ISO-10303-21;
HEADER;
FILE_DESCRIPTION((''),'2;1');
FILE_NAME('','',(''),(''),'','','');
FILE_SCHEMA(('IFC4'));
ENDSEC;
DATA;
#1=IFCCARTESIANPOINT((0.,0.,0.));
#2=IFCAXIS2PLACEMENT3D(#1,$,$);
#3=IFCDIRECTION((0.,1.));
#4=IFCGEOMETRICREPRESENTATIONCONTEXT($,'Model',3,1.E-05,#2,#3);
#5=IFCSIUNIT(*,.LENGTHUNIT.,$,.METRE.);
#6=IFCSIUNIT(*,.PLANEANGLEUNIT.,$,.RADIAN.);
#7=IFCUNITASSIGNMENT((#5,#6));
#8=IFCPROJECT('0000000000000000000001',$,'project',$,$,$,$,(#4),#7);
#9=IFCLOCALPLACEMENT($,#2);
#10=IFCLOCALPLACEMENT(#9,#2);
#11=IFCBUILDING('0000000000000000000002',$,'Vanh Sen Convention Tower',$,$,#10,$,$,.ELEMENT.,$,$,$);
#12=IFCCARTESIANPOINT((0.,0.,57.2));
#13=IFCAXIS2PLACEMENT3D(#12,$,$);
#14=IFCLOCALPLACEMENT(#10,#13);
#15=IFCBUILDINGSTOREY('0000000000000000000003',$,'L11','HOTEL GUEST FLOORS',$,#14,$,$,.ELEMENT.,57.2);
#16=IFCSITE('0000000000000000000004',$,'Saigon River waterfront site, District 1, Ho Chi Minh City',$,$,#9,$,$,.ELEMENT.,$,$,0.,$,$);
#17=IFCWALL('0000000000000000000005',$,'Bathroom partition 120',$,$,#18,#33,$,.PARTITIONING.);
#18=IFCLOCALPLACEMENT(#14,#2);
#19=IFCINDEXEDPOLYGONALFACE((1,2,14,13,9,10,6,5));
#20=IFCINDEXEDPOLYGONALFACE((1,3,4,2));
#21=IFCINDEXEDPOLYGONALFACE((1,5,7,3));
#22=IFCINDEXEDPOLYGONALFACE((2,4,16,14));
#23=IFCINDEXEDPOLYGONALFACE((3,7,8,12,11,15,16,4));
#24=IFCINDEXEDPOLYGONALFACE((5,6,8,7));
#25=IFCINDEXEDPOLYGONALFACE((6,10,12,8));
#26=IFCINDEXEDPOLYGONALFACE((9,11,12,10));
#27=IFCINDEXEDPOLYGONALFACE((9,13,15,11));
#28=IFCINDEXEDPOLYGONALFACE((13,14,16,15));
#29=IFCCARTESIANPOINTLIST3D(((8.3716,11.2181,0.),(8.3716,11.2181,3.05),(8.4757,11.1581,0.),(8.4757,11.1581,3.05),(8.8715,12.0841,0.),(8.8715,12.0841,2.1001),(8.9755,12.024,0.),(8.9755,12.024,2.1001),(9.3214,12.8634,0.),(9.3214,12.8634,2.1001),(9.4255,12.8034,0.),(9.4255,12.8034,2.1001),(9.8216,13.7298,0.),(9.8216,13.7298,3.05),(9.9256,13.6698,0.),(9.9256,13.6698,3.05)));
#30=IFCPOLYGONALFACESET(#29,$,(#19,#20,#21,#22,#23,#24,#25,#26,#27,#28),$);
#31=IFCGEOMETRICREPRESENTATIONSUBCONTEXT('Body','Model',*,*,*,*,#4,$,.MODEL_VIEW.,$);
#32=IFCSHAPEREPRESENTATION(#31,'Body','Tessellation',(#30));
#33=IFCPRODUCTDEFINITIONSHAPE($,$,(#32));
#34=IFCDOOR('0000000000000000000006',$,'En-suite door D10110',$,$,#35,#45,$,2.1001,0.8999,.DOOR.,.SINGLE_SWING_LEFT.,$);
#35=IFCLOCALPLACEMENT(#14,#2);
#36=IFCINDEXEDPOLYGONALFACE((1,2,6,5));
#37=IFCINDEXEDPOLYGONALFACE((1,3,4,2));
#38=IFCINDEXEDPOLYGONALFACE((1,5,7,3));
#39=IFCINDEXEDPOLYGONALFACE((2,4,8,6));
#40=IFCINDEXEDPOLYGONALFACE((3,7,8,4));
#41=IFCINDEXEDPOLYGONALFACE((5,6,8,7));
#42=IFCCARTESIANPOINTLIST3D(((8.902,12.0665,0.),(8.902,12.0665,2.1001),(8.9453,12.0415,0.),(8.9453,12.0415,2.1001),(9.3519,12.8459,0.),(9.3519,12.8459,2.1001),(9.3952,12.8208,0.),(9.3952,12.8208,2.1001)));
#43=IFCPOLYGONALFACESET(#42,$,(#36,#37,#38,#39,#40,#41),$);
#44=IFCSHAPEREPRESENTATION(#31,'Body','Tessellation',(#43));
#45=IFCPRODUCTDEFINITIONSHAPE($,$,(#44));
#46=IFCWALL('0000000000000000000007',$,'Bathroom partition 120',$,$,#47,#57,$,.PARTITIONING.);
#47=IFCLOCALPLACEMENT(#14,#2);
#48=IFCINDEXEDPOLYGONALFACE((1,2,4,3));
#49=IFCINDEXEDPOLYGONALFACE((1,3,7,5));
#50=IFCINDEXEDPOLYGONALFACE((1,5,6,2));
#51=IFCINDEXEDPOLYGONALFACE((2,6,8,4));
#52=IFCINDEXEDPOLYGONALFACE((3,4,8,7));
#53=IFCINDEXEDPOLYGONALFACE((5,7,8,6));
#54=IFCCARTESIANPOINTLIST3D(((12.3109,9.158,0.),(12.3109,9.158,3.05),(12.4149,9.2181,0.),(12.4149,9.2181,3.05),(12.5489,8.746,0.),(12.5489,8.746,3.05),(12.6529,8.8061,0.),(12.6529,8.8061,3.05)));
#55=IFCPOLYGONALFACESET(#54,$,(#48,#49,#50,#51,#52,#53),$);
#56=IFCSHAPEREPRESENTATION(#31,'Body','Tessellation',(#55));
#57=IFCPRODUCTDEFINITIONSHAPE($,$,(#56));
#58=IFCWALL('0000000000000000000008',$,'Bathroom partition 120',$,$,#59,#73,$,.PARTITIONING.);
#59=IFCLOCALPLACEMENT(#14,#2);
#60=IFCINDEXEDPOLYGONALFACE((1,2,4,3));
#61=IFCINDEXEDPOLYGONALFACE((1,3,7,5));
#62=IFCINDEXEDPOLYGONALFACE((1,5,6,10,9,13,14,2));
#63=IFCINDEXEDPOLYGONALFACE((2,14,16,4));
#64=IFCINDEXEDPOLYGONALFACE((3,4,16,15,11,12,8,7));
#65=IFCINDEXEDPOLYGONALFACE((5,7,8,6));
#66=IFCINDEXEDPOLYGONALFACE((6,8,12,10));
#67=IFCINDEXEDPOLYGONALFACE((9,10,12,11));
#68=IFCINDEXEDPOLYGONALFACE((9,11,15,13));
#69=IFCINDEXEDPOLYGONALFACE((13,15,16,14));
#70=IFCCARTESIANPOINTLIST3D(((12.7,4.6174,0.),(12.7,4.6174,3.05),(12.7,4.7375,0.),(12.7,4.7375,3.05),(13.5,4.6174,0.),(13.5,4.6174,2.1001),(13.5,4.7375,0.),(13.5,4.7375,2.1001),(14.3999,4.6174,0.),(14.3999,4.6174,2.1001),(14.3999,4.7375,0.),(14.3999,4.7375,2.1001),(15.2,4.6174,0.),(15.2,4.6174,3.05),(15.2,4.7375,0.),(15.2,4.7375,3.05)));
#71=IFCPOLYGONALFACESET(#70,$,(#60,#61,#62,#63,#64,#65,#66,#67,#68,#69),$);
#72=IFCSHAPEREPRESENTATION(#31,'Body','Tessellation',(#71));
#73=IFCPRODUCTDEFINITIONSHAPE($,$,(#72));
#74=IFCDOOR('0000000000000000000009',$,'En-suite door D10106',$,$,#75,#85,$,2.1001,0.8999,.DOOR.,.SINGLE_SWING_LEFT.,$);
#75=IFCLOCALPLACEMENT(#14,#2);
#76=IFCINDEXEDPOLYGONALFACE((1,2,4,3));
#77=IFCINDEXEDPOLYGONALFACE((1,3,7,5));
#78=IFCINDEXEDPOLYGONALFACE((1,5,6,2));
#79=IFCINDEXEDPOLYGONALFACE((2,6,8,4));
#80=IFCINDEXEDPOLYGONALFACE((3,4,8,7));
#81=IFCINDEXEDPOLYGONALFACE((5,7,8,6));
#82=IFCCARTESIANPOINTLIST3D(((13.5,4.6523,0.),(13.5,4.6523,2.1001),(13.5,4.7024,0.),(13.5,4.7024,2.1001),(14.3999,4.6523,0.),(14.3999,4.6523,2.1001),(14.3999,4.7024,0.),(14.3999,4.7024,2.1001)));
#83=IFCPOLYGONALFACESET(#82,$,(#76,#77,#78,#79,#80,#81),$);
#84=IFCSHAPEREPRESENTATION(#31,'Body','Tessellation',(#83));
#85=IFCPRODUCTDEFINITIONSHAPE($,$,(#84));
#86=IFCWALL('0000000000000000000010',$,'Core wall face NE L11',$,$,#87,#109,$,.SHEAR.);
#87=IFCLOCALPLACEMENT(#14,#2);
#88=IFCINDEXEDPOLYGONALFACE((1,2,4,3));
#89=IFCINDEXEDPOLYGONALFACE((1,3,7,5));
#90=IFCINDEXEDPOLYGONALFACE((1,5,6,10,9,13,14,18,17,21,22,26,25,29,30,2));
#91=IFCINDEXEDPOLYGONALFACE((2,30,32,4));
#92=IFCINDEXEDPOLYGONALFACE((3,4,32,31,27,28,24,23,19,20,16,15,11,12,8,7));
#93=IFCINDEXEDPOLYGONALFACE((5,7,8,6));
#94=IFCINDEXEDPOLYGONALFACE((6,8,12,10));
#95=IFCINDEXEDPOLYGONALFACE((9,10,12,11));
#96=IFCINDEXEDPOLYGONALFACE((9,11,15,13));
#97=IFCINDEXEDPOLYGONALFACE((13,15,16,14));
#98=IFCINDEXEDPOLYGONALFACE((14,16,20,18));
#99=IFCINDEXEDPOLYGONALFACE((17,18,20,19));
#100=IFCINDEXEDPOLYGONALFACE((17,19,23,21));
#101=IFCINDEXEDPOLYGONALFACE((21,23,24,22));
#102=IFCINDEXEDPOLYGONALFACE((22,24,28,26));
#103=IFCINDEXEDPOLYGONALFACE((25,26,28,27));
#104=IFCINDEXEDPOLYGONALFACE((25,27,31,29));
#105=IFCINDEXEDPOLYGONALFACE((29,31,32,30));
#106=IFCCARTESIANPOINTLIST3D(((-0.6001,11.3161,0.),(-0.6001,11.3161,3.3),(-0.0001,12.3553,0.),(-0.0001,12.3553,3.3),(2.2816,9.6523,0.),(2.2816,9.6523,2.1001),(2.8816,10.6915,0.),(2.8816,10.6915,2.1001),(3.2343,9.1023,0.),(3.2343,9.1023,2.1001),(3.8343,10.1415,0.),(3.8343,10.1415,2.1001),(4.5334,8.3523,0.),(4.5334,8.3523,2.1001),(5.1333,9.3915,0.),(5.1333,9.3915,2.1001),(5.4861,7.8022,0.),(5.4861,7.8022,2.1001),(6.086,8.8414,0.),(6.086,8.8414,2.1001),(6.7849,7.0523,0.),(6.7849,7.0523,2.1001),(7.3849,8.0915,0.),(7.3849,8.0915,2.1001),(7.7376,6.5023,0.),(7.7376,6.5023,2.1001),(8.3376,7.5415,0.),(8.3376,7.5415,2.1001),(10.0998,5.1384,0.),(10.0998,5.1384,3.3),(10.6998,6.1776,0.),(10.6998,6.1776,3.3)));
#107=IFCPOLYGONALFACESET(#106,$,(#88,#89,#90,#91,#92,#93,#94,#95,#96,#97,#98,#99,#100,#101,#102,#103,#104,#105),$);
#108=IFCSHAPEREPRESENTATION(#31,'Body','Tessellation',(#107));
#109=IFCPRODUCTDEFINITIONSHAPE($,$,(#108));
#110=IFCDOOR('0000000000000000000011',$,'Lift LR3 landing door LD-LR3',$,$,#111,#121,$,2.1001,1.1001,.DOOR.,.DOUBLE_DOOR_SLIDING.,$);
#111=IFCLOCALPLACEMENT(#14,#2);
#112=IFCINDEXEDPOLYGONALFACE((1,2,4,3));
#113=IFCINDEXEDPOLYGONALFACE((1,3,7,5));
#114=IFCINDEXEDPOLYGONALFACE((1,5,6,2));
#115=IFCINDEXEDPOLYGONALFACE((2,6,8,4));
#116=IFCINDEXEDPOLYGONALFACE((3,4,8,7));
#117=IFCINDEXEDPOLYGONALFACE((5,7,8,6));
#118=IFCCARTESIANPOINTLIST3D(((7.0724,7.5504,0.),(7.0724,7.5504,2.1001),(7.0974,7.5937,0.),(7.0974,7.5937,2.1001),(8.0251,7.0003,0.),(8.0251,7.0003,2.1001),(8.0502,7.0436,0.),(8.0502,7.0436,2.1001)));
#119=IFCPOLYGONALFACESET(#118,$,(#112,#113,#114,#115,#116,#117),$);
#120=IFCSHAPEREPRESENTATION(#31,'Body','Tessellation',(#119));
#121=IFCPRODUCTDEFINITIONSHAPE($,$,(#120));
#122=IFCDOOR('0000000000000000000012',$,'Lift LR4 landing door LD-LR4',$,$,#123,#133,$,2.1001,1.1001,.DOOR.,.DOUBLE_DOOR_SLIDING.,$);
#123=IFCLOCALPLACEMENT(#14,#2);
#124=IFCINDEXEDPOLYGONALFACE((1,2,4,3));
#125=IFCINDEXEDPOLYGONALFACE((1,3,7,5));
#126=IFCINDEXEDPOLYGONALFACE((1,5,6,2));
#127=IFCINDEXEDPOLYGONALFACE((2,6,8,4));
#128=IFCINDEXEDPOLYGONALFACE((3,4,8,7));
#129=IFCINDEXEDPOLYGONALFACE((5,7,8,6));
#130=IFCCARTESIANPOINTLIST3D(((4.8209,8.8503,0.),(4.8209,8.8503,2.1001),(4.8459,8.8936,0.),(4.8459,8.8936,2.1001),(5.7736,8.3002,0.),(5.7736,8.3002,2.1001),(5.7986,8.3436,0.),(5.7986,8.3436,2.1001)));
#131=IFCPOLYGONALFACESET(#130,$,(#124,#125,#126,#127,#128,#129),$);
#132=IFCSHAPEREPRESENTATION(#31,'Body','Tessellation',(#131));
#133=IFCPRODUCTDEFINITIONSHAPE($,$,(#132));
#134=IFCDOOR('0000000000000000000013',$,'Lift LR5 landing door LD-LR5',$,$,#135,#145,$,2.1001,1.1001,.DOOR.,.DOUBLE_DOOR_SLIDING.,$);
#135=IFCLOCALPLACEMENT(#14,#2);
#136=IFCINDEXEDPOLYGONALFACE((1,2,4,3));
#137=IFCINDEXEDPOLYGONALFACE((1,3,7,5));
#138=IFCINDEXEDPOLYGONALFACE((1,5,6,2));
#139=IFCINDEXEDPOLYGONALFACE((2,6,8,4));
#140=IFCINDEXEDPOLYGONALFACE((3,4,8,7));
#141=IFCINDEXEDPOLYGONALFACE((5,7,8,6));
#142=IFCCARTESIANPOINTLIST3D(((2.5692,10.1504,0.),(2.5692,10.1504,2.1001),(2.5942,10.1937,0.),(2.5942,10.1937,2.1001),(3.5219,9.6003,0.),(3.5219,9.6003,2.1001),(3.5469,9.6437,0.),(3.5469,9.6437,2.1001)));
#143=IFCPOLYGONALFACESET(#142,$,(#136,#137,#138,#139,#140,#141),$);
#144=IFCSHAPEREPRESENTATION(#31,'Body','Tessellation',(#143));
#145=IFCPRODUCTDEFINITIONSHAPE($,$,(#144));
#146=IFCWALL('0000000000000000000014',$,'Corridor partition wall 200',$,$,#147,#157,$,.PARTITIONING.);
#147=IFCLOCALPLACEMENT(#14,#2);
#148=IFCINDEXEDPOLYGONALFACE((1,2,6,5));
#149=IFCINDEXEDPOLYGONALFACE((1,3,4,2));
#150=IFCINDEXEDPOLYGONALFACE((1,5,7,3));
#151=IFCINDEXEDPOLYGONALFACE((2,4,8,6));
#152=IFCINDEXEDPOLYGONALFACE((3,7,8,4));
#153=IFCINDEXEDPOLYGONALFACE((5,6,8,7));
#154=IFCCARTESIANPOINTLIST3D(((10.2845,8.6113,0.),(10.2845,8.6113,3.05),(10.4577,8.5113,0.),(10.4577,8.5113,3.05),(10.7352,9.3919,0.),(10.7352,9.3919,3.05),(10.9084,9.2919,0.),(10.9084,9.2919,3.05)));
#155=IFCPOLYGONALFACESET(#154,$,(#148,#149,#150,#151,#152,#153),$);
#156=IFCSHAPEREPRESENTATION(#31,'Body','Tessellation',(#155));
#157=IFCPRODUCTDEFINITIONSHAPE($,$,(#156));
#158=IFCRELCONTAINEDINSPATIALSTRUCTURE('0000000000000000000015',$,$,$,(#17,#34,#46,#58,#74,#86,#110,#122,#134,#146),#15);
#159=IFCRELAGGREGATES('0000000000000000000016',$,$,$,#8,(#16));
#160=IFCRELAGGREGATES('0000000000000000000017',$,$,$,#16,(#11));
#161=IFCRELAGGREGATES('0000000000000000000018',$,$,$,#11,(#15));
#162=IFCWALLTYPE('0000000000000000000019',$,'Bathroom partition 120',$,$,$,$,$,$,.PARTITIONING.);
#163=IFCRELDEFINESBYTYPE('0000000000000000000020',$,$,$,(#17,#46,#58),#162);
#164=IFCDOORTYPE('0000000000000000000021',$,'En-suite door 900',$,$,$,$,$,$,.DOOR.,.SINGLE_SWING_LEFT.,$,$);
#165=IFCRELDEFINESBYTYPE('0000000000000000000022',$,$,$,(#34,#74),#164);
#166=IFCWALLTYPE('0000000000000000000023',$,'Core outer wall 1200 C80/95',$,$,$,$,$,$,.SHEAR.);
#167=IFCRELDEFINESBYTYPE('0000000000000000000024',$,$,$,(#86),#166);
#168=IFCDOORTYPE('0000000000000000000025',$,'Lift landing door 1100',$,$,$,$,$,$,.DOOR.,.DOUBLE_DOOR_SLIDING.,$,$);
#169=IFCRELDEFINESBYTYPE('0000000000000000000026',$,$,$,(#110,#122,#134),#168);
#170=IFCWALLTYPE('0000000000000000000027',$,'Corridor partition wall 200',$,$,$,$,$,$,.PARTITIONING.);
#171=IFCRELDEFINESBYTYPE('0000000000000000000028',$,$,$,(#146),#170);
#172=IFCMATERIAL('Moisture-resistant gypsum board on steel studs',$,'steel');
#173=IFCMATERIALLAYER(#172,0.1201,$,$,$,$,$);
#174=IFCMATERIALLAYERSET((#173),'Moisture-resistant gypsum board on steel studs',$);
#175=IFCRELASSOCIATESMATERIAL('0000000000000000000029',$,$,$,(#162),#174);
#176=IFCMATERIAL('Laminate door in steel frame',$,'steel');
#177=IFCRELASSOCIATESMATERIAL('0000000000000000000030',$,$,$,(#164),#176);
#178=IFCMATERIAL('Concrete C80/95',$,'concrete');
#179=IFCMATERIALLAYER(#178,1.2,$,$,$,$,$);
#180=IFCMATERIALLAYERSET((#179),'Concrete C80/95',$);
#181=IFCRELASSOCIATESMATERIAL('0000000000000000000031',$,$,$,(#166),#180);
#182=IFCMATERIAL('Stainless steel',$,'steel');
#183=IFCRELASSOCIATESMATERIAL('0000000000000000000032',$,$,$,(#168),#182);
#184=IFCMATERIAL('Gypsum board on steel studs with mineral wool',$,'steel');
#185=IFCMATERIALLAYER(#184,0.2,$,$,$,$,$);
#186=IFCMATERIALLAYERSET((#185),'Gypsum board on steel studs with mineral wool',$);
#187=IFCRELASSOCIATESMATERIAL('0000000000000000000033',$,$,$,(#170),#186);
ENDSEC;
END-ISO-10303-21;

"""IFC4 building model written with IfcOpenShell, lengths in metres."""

from ifc_helpers import new_model, si_unit, direction, frame, frame_2d, origin, place, context, subcontext, project, spatial, rectangle, extrude, material, layer, layer_set, type_object, element, fill, save


model = new_model("IFC4")

# Units and contexts
model_context = context("Model", 3, precision=1e-05, world=origin(), true_north=direction((0.0, 1.0)))
body_context = subcontext(model_context, "Body", "Model", "MODEL_VIEW")
ifc_project = project(units=[si_unit("LENGTHUNIT", "METRE"), si_unit("PLANEANGLEUNIT", "RADIAN")], contexts=[model_context])

# Site, building, storey
site_placement = place(None, origin())
site = spatial("IfcSite", under=ifc_project, at=site_placement, Name="Saigon River waterfront site, District 1, Ho Chi Minh City", CompositionType="ELEMENT", RefElevation=0.0)
building_placement = place(site_placement, origin())
building = spatial("IfcBuilding", under=site, at=building_placement, Name="Vanh Sen Convention Tower", CompositionType="ELEMENT")
storey_placement = place(building_placement, frame((0.0, 0.0, 57.2)))
storey = spatial("IfcBuildingStorey", under=building, at=storey_placement, Name="L11", Description="HOTEL GUEST FLOORS", CompositionType="ELEMENT", Elevation=57.2)

# Wall, opening, door
ifc_material_1 = material(Name="Moisture-resistant gypsum board on steel studs", Category="steel")
ifc_layer_1 = layer(ifc_material_1, 0.1201)
ifc_layer_set_1 = layer_set([ifc_layer_1], Name="Moisture-resistant gypsum board on steel studs")
wall_type_1 = type_object("IfcWallType", Name="Bathroom partition 120", PredefinedType="PARTITIONING", material=ifc_layer_set_1)
wall_1_placement = place(storey_placement, frame((8.4236, 11.188, 0.0), z_axis=(0.0, 0.0, 1.0), x_axis=(0.499951, 0.866054, 0.0)))
wall_1 = element("IfcWall", 1, at=wall_1_placement, inside=storey, type_object=wall_type_1, Name="Bathroom partition 120", PredefinedType="PARTITIONING", context=body_context, shape_type="SweptSolid", body=[
    extrude(rectangle(XDim=2.9001, YDim=0.1201, at=frame_2d((1.4502, 0.0))), origin(), (0.0, 0.0, 1.0), 3.05),
])
opening_1_placement = place(wall_1_placement, frame((1.0, 0.0, 0.0)))
opening_1 = element("IfcOpeningElement", 2, at=opening_1_placement, cuts=wall_1, PredefinedType="OPENING", context=body_context, shape_type="SweptSolid", body=[
    extrude(rectangle(XDim=0.8999, YDim=2.1001, at=frame_2d((0.45, 1.05))), frame((0.0, 0.0701, 0.0), z_axis=(0.0, -1.0, 0.0), x_axis=(1.0, 0.0, 0.0)), (0.0, 0.0, 1.0), 0.1401),
])
ifc_material_2 = material(Name="Laminate door in steel frame", Category="steel")
door_type_1 = type_object("IfcDoorType", Name="En-suite door 900", OperationType="SINGLE_SWING_LEFT", PredefinedType="DOOR", material=ifc_material_2)
door_1_placement = place(opening_1_placement, origin())
door_1 = element("IfcDoor", 3, at=door_1_placement, inside=storey, type_object=door_type_1, Name="En-suite door D10110", OperationType="SINGLE_SWING_LEFT", OverallHeight=2.1001, OverallWidth=0.8999, PredefinedType="DOOR", context=body_context, shape_type="SweptSolid", body=[
    extrude(rectangle(XDim=0.8999, YDim=2.1001, at=frame_2d((0.45, 1.05))), frame((0.0, 0.0249, 0.0), z_axis=(0.0, -1.0, 0.0), x_axis=(1.0, 0.0, 0.0)), (0.0, 0.0, 1.0), 0.05),
])
fill(opening_1, door_1)

# Wall
wall_2_placement = place(storey_placement, frame((12.6008, 8.7761, 0.0), z_axis=(0.0, 0.0, 1.0), x_axis=(-0.500166, 0.865929, 0.0)))
element("IfcWall", 4, at=wall_2_placement, inside=storey, type_object=wall_type_1, Name="Bathroom partition 120", PredefinedType="PARTITIONING", context=body_context, shape_type="SweptSolid", body=[
    extrude(rectangle(XDim=0.4758, YDim=0.1201, at=frame_2d((0.2378, 0.0))), origin(), (0.0, 0.0, 1.0), 3.05),
])

# Wall, opening, door
wall_3_placement = place(storey_placement, frame((12.7, 4.6775, 0.0), z_axis=(0.0, 0.0, 1.0), x_axis=(1.0, 0.0, 0.0)))
wall_3 = element("IfcWall", 5, at=wall_3_placement, inside=storey, type_object=wall_type_1, Name="Bathroom partition 120", PredefinedType="PARTITIONING", context=body_context, shape_type="SweptSolid", body=[
    extrude(rectangle(XDim=2.5, YDim=0.1201, at=frame_2d((1.25, 0.0))), origin(), (0.0, 0.0, 1.0), 3.05),
])
opening_2_placement = place(wall_3_placement, frame((0.8, 0.0, 0.0)))
opening_2 = element("IfcOpeningElement", 6, at=opening_2_placement, cuts=wall_3, PredefinedType="OPENING", context=body_context, shape_type="SweptSolid", body=[
    extrude(rectangle(XDim=0.8999, YDim=2.1001, at=frame_2d((0.45, 1.05))), frame((0.0, 0.0701, 0.0), z_axis=(0.0, -1.0, 0.0), x_axis=(1.0, 0.0, 0.0)), (0.0, 0.0, 1.0), 0.1401),
])
door_2_placement = place(opening_2_placement, origin())
door_2 = element("IfcDoor", 7, at=door_2_placement, inside=storey, type_object=door_type_1, Name="En-suite door D10106", OperationType="SINGLE_SWING_LEFT", OverallHeight=2.1001, OverallWidth=0.8999, PredefinedType="DOOR", context=body_context, shape_type="SweptSolid", body=[
    extrude(rectangle(XDim=0.8999, YDim=2.1001, at=frame_2d((0.45, 1.05))), frame((0.0, 0.0249, 0.0), z_axis=(0.0, -1.0, 0.0), x_axis=(1.0, 0.0, 0.0)), (0.0, 0.0, 1.0), 0.05),
])
fill(opening_2, door_2)

# Wall, openings, doors
ifc_material_3 = material(Name="Concrete C80/95", Category="concrete")
ifc_layer_2 = layer(ifc_material_3, 1.2)
ifc_layer_set_2 = layer_set([ifc_layer_2], Name="Concrete C80/95")
wall_type_2 = type_object("IfcWallType", Name="Core outer wall 1200 C80/95", PredefinedType="SHEAR", material=ifc_layer_set_2)
wall_4_placement = place(storey_placement, frame((10.3999, 5.658, 0.0), z_axis=(0.0, 0.0, 1.0), x_axis=(-0.866021, 0.500007, 0.0)))
wall_4 = element("IfcWall", 8, at=wall_4_placement, inside=storey, type_object=wall_type_2, Name="Core wall face NE L11", PredefinedType="SHEAR", context=body_context, shape_type="SweptSolid", body=[
    extrude(rectangle(XDim=12.3552, YDim=1.2, at=frame_2d((6.1777, 0.0))), origin(), (0.0, 0.0, 1.0), 3.3),
])
opening_3_placement = place(wall_4_placement, frame((2.7278, 0.0, 0.0)))
opening_3 = element("IfcOpeningElement", 9, at=opening_3_placement, cuts=wall_4, PredefinedType="OPENING", context=body_context, shape_type="SweptSolid", body=[
    extrude(rectangle(XDim=1.1001, YDim=2.1001, at=frame_2d((0.55, 1.05))), frame((0.0, 0.6099, 0.0), z_axis=(0.0, -1.0, 0.0), x_axis=(1.0, 0.0, 0.0)), (0.0, 0.0, 1.0), 1.22),
])
opening_4_placement = place(wall_4_placement, frame((5.3276, 0.0, 0.0)))
opening_4 = element("IfcOpeningElement", 10, at=opening_4_placement, cuts=wall_4, PredefinedType="OPENING", context=body_context, shape_type="SweptSolid", body=[
    extrude(rectangle(XDim=1.1001, YDim=2.1001, at=frame_2d((0.55, 1.05))), frame((0.0, 0.6099, 0.0), z_axis=(0.0, -1.0, 0.0), x_axis=(1.0, 0.0, 0.0)), (0.0, 0.0, 1.0), 1.22),
])
opening_5_placement = place(wall_4_placement, frame((7.9277, 0.0, 0.0)))
opening_5 = element("IfcOpeningElement", 11, at=opening_5_placement, cuts=wall_4, PredefinedType="OPENING", context=body_context, shape_type="SweptSolid", body=[
    extrude(rectangle(XDim=1.1001, YDim=2.1001, at=frame_2d((0.55, 1.05))), frame((0.0, 0.6099, 0.0), z_axis=(0.0, -1.0, 0.0), x_axis=(1.0, 0.0, 0.0)), (0.0, 0.0, 1.0), 1.22),
])
ifc_material_4 = material(Name="Stainless steel", Category="steel")
door_type_2 = type_object("IfcDoorType", Name="Lift landing door 1100", OperationType="DOUBLE_DOOR_SLIDING", PredefinedType="DOOR", material=ifc_material_4)
door_3_placement = place(opening_3_placement, origin())
door_3 = element("IfcDoor", 12, at=door_3_placement, inside=storey, type_object=door_type_2, Name="Lift LR3 landing door LD-LR3", OperationType="DOUBLE_DOOR_SLIDING", OverallHeight=2.1001, OverallWidth=1.1001, PredefinedType="DOOR", context=body_context, shape_type="SweptSolid", body=[
    extrude(rectangle(XDim=1.1001, YDim=2.1001, at=frame_2d((0.55, 1.05))), frame((0.0, 0.0249, 0.0), z_axis=(0.0, -1.0, 0.0), x_axis=(1.0, 0.0, 0.0)), (0.0, 0.0, 1.0), 0.05),
])
fill(opening_3, door_3)
door_4_placement = place(opening_4_placement, origin())
door_4 = element("IfcDoor", 13, at=door_4_placement, inside=storey, type_object=door_type_2, Name="Lift LR4 landing door LD-LR4", OperationType="DOUBLE_DOOR_SLIDING", OverallHeight=2.1001, OverallWidth=1.1001, PredefinedType="DOOR", context=body_context, shape_type="SweptSolid", body=[
    extrude(rectangle(XDim=1.1001, YDim=2.1001, at=frame_2d((0.55, 1.05))), frame((0.0, 0.0249, 0.0), z_axis=(0.0, -1.0, 0.0), x_axis=(1.0, 0.0, 0.0)), (0.0, 0.0, 1.0), 0.05),
])
fill(opening_4, door_4)
door_5_placement = place(opening_5_placement, origin())
door_5 = element("IfcDoor", 14, at=door_5_placement, inside=storey, type_object=door_type_2, Name="Lift LR5 landing door LD-LR5", OperationType="DOUBLE_DOOR_SLIDING", OverallHeight=2.1001, OverallWidth=1.1001, PredefinedType="DOOR", context=body_context, shape_type="SweptSolid", body=[
    extrude(rectangle(XDim=1.1001, YDim=2.1001, at=frame_2d((0.55, 1.05))), frame((0.0, 0.0249, 0.0), z_axis=(0.0, -1.0, 0.0), x_axis=(1.0, 0.0, 0.0)), (0.0, 0.0, 1.0), 0.05),
])
fill(opening_5, door_5)

# Wall
ifc_material_5 = material(Name="Gypsum board on steel studs with mineral wool", Category="steel")
ifc_layer_3 = layer(ifc_material_5, 0.2)
ifc_layer_set_3 = layer_set([ifc_layer_3], Name="Gypsum board on steel studs with mineral wool")
wall_type_3 = type_object("IfcWallType", Name="Corridor partition wall 200", PredefinedType="PARTITIONING", material=ifc_layer_set_3)
wall_5_placement = place(storey_placement, frame((10.3711, 8.5613, 0.0), z_axis=(0.0, 0.0, 1.0), x_axis=(0.500043, 0.866001, 0.0)))
element("IfcWall", 15, at=wall_5_placement, inside=storey, type_object=wall_type_3, Name="Corridor partition wall 200", PredefinedType="PARTITIONING", context=body_context, shape_type="SweptSolid", body=[
    extrude(rectangle(XDim=0.9014, YDim=0.2, at=frame_2d((0.4507, 0.0))), origin(), (0.0, 0.0, 1.0), 3.05),
])

save(model, "model.ifc")
